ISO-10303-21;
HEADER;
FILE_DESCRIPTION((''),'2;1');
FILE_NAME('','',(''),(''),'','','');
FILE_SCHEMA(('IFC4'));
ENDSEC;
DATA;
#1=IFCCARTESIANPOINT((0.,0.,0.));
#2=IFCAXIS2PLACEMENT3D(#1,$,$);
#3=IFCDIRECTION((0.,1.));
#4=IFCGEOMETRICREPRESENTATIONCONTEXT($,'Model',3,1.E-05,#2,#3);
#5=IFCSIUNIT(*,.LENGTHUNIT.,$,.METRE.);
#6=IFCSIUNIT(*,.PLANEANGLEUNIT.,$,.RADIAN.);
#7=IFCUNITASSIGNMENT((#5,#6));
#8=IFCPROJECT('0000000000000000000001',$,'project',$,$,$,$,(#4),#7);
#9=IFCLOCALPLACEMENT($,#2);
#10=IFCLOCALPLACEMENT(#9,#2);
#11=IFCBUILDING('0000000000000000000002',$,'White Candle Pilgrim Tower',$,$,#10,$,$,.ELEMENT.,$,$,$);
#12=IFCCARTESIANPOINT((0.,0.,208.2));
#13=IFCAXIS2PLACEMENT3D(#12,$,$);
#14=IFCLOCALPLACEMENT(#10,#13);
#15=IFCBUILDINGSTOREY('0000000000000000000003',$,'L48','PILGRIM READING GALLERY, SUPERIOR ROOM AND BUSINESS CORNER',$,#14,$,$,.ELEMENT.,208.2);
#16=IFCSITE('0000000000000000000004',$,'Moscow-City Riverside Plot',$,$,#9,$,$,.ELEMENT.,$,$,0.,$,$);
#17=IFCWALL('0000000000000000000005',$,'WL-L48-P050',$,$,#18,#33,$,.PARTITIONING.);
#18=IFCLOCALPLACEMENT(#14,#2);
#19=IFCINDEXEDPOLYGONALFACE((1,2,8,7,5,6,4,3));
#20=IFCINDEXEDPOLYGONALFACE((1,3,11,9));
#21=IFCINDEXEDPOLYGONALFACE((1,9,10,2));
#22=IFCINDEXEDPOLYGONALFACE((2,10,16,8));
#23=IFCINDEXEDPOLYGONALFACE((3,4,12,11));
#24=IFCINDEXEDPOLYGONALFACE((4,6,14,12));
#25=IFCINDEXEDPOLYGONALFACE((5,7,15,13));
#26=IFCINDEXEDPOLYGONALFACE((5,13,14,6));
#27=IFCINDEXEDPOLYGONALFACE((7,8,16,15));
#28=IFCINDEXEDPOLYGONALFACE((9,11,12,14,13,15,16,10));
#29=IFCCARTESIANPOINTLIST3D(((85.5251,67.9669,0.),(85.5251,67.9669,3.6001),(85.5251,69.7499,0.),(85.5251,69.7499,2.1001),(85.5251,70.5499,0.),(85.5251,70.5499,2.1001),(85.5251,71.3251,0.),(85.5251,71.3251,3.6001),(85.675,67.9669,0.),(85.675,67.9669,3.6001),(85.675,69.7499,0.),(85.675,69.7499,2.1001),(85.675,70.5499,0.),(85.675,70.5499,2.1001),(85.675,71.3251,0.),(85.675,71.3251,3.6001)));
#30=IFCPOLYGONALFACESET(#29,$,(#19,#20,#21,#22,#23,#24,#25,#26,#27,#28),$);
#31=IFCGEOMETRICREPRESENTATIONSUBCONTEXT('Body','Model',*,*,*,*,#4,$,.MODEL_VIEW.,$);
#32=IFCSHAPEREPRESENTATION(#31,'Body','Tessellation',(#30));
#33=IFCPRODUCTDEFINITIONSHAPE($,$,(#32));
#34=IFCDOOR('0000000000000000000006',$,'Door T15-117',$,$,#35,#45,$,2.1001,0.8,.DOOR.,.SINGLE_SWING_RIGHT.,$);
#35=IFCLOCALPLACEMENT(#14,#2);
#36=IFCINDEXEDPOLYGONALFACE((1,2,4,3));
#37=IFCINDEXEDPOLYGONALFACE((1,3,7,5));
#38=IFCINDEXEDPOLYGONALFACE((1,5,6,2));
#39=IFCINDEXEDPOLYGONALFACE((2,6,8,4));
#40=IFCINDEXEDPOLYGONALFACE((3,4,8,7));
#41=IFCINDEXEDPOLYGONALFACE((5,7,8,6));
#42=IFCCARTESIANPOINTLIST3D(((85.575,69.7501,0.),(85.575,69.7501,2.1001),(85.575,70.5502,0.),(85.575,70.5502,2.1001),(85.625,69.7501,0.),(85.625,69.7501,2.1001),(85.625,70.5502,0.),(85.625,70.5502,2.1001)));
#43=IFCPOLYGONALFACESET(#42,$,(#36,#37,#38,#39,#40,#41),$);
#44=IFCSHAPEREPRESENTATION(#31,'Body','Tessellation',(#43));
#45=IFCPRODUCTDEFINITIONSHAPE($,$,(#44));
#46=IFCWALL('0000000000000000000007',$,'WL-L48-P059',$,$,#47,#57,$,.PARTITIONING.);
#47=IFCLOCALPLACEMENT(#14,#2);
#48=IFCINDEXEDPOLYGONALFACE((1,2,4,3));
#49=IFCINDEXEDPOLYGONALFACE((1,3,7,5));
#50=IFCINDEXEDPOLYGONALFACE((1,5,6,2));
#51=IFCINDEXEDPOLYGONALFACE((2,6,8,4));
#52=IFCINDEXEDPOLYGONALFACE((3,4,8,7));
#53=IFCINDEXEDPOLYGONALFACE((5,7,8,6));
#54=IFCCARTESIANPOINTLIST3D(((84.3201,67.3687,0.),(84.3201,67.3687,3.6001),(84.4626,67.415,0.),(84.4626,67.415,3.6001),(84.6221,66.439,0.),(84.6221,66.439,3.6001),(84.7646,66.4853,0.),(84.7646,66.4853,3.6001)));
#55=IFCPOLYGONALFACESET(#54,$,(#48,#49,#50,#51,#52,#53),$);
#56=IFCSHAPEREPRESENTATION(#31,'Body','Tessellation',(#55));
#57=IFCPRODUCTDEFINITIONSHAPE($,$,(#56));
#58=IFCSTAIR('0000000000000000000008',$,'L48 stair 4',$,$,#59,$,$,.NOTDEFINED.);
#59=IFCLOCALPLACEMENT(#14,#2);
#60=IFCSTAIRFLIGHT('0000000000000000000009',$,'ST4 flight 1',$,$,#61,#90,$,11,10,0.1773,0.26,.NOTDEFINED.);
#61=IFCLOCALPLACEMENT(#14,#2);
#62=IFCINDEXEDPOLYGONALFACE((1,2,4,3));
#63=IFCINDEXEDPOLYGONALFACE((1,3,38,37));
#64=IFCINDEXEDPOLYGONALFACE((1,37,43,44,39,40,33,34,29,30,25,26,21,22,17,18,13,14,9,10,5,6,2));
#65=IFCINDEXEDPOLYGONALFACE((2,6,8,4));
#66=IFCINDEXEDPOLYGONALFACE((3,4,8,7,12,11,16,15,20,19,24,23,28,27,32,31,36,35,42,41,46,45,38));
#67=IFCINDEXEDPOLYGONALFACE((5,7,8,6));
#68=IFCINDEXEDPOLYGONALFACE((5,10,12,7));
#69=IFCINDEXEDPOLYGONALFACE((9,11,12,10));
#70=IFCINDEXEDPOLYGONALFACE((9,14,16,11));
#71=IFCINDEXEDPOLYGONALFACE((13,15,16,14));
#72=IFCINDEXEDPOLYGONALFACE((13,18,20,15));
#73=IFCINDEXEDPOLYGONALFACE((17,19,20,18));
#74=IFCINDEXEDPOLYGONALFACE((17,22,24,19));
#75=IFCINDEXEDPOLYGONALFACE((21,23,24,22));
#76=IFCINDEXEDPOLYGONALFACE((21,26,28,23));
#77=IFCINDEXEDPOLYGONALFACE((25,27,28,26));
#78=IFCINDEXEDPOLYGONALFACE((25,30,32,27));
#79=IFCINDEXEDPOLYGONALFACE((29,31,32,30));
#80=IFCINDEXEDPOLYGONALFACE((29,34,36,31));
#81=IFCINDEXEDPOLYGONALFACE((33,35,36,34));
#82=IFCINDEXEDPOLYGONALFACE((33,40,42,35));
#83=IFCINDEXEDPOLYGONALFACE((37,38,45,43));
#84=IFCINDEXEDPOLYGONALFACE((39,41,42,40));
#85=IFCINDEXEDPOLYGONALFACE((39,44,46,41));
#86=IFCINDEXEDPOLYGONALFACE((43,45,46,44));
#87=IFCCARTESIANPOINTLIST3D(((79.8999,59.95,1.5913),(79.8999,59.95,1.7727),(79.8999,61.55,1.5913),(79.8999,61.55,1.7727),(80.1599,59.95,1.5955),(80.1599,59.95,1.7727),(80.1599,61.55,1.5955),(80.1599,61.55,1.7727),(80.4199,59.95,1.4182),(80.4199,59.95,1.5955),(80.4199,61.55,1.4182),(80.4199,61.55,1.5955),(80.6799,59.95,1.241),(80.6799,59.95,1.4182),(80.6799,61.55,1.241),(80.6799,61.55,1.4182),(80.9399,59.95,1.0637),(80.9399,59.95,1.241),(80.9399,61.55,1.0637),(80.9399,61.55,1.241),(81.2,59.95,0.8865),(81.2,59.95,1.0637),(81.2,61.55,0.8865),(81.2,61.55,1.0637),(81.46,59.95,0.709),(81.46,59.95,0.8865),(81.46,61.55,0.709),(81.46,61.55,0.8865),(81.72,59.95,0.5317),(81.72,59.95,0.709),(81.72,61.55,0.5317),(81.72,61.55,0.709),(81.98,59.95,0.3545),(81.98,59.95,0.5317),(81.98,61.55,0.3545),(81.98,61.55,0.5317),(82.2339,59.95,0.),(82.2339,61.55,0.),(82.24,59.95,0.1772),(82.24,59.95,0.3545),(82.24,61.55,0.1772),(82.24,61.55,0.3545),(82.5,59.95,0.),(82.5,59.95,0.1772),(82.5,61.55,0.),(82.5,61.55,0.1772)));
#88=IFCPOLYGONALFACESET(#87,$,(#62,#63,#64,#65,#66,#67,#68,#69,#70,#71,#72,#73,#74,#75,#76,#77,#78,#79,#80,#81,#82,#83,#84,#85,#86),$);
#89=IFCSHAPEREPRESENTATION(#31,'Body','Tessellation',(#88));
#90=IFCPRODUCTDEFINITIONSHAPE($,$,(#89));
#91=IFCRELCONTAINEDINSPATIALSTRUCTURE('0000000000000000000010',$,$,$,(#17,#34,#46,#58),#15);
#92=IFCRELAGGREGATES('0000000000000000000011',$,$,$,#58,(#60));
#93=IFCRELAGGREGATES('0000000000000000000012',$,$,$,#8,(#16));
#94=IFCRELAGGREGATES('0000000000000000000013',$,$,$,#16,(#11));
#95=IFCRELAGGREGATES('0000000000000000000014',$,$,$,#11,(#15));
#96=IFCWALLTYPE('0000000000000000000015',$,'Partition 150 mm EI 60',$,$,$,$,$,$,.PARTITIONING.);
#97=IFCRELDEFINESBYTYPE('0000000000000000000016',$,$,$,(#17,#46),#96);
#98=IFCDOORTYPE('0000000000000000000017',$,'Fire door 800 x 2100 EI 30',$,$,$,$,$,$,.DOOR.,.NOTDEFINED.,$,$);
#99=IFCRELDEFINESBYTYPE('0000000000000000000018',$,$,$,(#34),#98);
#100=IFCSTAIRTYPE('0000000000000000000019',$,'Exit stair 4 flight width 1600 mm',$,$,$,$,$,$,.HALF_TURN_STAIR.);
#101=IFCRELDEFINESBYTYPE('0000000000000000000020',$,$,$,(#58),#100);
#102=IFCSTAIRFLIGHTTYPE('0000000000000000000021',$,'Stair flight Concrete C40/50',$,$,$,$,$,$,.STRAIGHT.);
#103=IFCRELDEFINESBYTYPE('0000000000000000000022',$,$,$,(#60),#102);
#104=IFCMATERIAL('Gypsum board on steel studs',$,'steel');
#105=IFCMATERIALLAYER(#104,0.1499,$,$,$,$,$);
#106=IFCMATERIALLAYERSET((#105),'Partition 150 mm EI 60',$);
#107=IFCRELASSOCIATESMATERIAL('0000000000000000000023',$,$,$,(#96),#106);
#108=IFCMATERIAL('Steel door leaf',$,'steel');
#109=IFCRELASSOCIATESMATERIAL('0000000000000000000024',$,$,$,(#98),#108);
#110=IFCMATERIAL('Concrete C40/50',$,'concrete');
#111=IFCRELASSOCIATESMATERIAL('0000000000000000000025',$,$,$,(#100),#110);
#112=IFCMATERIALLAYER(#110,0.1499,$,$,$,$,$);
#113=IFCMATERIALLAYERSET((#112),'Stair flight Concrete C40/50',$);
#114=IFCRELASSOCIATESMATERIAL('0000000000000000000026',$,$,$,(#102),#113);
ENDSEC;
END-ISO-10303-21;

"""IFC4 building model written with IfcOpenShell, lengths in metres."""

from ifc_helpers import new_model, si_unit, direction, frame, frame_2d, origin, place, context, subcontext, project, spatial, polyline, rectangle, outline, extrude, material, layer, layer_set, type_object, element, fill, aggregate, save


model = new_model("IFC4")

# Units and contexts
model_context = context("Model", 3, precision=1e-05, world=origin(), true_north=direction((0.0, 1.0)))
body_context = subcontext(model_context, "Body", "Model", "MODEL_VIEW")
ifc_project = project(units=[si_unit("LENGTHUNIT", "METRE"), si_unit("PLANEANGLEUNIT", "RADIAN")], contexts=[model_context])

# Site, building, storey
site_placement = place(None, origin())
site = spatial("IfcSite", under=ifc_project, at=site_placement, Name="Moscow-City Riverside Plot", CompositionType="ELEMENT", RefElevation=0.0)
building_placement = place(site_placement, origin())
building = spatial("IfcBuilding", under=site, at=building_placement, Name="White Candle Pilgrim Tower", CompositionType="ELEMENT")
storey_placement = place(building_placement, frame((0.0, 0.0, 208.2)))
storey = spatial("IfcBuildingStorey", under=building, at=storey_placement, Name="L48", Description="PILGRIM READING GALLERY, SUPERIOR ROOM AND BUSINESS CORNER", CompositionType="ELEMENT", Elevation=208.2)

# Shared definitions
ifc_material_1 = material(Name="Gypsum board on steel studs", Category="steel")
ifc_material_2 = material(Name="Steel door leaf", Category="steel")

# Shared definitions
ifc_layer_1 = layer(ifc_material_1, 0.1499)
ifc_layer_set_1 = layer_set([ifc_layer_1], Name="Partition 150 mm EI 60")
wall_type_1 = type_object("IfcWallType", Name="Partition 150 mm EI 60", PredefinedType="PARTITIONING", material=ifc_layer_set_1)

# Wall, opening, door
wall_1_placement = place(storey_placement, frame((85.6001, 67.9668, 0.0), z_axis=(0.0, 0.0, 1.0), x_axis=(0.0, 1.0, 0.0)))
wall_1 = element("IfcWall", 1, at=wall_1_placement, inside=storey, type_object=wall_type_1, Name="WL-L48-P050", PredefinedType="PARTITIONING", context=body_context, shape_type="SweptSolid", body=[
    extrude(rectangle(XDim=3.3582, YDim=0.1499, at=frame_2d((1.6792, 0.0))), origin(), (0.0, 0.0, 1.0), 3.6001),
])
opening_1_placement = place(wall_1_placement, frame((1.7832, 0.0, 0.0)))
opening_1 = element("IfcOpeningElement", 2, at=opening_1_placement, cuts=wall_1, PredefinedType="OPENING", context=body_context, shape_type="SweptSolid", body=[
    extrude(rectangle(XDim=0.8, YDim=2.1001, at=frame_2d((0.3999, 1.05))), frame((0.0, 0.085, 0.0), z_axis=(0.0, -1.0, 0.0), x_axis=(1.0, 0.0, 0.0)), (0.0, 0.0, 1.0), 0.1699),
])
door_type_1 = type_object("IfcDoorType", Name="Fire door 800 x 2100 EI 30", OperationType="NOTDEFINED", PredefinedType="DOOR", material=ifc_material_2)
door_1_placement = place(opening_1_placement, frame((0.8, 0.0, 0.0), z_axis=(0.0, 0.0, 1.0), x_axis=(-1.0, 0.0, 0.0)))
door_1 = element("IfcDoor", 3, at=door_1_placement, inside=storey, type_object=door_type_1, Name="Door T15-117", OperationType="SINGLE_SWING_RIGHT", OverallHeight=2.1001, OverallWidth=0.8, PredefinedType="DOOR", context=body_context, shape_type="SweptSolid", body=[
    extrude(rectangle(XDim=0.8, YDim=2.1001, at=frame_2d((0.3999, 1.05))), frame((0.0, 0.0249, 0.0), z_axis=(0.0, -1.0, 0.0), x_axis=(1.0, 0.0, 0.0)), (0.0, 0.0, 1.0), 0.05),
])
fill(opening_1, door_1)

# Wall
wall_2_placement = place(storey_placement, frame((84.6934, 66.4622, 0.0), z_axis=(0.0, 0.0, 1.0), x_axis=(-0.308951, 0.951078, 0.0)))
element("IfcWall", 4, at=wall_2_placement, inside=storey, type_object=wall_type_1, Name="WL-L48-P059", PredefinedType="PARTITIONING", context=body_context, shape_type="SweptSolid", body=[
    extrude(rectangle(XDim=0.9775, YDim=0.1499, at=frame_2d((0.4888, 0.0))), origin(), (0.0, 0.0, 1.0), 3.6001),
])

# Stair, stair flight
ifc_material_3 = material(Name="Concrete C40/50", Category="concrete")
stair_type = type_object("IfcStairType", Name="Exit stair 4 flight width 1600 mm", PredefinedType="HALF_TURN_STAIR", material=ifc_material_3)
stair_placement = place(storey_placement, origin())
stair = element("IfcStair", 5, at=stair_placement, inside=storey, type_object=stair_type, Name="L48 stair 4", PredefinedType="NOTDEFINED")
ifc_layer_2 = layer(ifc_material_3, 0.1499)
ifc_layer_set_2 = layer_set([ifc_layer_2], Name="Stair flight Concrete C40/50")
stair_flight_type = type_object("IfcStairFlightType", Name="Stair flight Concrete C40/50", PredefinedType="STRAIGHT", material=ifc_layer_set_2)
stair_flight_placement = place(storey_placement, frame((82.5, 60.75, 0.0), z_axis=(0.0, 0.0, 1.0), x_axis=(-1.0, 0.0, 0.0)))
stair_flight = element("IfcStairFlight", 6, at=stair_flight_placement, type_object=stair_flight_type, Name="ST4 flight 1", NumberOfRisers=11, NumberOfTreads=10, PredefinedType="NOTDEFINED", RiserHeight=0.1773, TreadLength=0.26, context=body_context, shape_type="SweptSolid", body=[
    extrude(outline(polyline([(0.0, 0.0), (0.0, 0.1772), (0.26, 0.1772), (0.26, 0.3545), (0.52, 0.3545), (0.52, 0.5317), (0.78, 0.5317), (0.78, 0.709), (1.04, 0.709), (1.04, 0.8865), (1.3, 0.8865), (1.3, 1.0637), (1.5601, 1.0637), (1.5601, 1.241), (1.8201, 1.241), (1.8201, 1.4182), (2.0801, 1.4182), (2.0801, 1.5955), (2.3401, 1.5955), (2.3401, 1.7727), (2.6001, 1.7727), (2.6001, 1.95), (2.6001, 1.5913), (0.2661, 0.0), (0.0, 0.0)])), frame((0.0, 0.8, 0.0), z_axis=(0.0, -1.0, 0.0), x_axis=(1.0, 0.0, 0.0)), (0.0, 0.0, 1.0), 1.6001),
])
aggregate(stair, [stair_flight])

save(model, "model.ifc")
